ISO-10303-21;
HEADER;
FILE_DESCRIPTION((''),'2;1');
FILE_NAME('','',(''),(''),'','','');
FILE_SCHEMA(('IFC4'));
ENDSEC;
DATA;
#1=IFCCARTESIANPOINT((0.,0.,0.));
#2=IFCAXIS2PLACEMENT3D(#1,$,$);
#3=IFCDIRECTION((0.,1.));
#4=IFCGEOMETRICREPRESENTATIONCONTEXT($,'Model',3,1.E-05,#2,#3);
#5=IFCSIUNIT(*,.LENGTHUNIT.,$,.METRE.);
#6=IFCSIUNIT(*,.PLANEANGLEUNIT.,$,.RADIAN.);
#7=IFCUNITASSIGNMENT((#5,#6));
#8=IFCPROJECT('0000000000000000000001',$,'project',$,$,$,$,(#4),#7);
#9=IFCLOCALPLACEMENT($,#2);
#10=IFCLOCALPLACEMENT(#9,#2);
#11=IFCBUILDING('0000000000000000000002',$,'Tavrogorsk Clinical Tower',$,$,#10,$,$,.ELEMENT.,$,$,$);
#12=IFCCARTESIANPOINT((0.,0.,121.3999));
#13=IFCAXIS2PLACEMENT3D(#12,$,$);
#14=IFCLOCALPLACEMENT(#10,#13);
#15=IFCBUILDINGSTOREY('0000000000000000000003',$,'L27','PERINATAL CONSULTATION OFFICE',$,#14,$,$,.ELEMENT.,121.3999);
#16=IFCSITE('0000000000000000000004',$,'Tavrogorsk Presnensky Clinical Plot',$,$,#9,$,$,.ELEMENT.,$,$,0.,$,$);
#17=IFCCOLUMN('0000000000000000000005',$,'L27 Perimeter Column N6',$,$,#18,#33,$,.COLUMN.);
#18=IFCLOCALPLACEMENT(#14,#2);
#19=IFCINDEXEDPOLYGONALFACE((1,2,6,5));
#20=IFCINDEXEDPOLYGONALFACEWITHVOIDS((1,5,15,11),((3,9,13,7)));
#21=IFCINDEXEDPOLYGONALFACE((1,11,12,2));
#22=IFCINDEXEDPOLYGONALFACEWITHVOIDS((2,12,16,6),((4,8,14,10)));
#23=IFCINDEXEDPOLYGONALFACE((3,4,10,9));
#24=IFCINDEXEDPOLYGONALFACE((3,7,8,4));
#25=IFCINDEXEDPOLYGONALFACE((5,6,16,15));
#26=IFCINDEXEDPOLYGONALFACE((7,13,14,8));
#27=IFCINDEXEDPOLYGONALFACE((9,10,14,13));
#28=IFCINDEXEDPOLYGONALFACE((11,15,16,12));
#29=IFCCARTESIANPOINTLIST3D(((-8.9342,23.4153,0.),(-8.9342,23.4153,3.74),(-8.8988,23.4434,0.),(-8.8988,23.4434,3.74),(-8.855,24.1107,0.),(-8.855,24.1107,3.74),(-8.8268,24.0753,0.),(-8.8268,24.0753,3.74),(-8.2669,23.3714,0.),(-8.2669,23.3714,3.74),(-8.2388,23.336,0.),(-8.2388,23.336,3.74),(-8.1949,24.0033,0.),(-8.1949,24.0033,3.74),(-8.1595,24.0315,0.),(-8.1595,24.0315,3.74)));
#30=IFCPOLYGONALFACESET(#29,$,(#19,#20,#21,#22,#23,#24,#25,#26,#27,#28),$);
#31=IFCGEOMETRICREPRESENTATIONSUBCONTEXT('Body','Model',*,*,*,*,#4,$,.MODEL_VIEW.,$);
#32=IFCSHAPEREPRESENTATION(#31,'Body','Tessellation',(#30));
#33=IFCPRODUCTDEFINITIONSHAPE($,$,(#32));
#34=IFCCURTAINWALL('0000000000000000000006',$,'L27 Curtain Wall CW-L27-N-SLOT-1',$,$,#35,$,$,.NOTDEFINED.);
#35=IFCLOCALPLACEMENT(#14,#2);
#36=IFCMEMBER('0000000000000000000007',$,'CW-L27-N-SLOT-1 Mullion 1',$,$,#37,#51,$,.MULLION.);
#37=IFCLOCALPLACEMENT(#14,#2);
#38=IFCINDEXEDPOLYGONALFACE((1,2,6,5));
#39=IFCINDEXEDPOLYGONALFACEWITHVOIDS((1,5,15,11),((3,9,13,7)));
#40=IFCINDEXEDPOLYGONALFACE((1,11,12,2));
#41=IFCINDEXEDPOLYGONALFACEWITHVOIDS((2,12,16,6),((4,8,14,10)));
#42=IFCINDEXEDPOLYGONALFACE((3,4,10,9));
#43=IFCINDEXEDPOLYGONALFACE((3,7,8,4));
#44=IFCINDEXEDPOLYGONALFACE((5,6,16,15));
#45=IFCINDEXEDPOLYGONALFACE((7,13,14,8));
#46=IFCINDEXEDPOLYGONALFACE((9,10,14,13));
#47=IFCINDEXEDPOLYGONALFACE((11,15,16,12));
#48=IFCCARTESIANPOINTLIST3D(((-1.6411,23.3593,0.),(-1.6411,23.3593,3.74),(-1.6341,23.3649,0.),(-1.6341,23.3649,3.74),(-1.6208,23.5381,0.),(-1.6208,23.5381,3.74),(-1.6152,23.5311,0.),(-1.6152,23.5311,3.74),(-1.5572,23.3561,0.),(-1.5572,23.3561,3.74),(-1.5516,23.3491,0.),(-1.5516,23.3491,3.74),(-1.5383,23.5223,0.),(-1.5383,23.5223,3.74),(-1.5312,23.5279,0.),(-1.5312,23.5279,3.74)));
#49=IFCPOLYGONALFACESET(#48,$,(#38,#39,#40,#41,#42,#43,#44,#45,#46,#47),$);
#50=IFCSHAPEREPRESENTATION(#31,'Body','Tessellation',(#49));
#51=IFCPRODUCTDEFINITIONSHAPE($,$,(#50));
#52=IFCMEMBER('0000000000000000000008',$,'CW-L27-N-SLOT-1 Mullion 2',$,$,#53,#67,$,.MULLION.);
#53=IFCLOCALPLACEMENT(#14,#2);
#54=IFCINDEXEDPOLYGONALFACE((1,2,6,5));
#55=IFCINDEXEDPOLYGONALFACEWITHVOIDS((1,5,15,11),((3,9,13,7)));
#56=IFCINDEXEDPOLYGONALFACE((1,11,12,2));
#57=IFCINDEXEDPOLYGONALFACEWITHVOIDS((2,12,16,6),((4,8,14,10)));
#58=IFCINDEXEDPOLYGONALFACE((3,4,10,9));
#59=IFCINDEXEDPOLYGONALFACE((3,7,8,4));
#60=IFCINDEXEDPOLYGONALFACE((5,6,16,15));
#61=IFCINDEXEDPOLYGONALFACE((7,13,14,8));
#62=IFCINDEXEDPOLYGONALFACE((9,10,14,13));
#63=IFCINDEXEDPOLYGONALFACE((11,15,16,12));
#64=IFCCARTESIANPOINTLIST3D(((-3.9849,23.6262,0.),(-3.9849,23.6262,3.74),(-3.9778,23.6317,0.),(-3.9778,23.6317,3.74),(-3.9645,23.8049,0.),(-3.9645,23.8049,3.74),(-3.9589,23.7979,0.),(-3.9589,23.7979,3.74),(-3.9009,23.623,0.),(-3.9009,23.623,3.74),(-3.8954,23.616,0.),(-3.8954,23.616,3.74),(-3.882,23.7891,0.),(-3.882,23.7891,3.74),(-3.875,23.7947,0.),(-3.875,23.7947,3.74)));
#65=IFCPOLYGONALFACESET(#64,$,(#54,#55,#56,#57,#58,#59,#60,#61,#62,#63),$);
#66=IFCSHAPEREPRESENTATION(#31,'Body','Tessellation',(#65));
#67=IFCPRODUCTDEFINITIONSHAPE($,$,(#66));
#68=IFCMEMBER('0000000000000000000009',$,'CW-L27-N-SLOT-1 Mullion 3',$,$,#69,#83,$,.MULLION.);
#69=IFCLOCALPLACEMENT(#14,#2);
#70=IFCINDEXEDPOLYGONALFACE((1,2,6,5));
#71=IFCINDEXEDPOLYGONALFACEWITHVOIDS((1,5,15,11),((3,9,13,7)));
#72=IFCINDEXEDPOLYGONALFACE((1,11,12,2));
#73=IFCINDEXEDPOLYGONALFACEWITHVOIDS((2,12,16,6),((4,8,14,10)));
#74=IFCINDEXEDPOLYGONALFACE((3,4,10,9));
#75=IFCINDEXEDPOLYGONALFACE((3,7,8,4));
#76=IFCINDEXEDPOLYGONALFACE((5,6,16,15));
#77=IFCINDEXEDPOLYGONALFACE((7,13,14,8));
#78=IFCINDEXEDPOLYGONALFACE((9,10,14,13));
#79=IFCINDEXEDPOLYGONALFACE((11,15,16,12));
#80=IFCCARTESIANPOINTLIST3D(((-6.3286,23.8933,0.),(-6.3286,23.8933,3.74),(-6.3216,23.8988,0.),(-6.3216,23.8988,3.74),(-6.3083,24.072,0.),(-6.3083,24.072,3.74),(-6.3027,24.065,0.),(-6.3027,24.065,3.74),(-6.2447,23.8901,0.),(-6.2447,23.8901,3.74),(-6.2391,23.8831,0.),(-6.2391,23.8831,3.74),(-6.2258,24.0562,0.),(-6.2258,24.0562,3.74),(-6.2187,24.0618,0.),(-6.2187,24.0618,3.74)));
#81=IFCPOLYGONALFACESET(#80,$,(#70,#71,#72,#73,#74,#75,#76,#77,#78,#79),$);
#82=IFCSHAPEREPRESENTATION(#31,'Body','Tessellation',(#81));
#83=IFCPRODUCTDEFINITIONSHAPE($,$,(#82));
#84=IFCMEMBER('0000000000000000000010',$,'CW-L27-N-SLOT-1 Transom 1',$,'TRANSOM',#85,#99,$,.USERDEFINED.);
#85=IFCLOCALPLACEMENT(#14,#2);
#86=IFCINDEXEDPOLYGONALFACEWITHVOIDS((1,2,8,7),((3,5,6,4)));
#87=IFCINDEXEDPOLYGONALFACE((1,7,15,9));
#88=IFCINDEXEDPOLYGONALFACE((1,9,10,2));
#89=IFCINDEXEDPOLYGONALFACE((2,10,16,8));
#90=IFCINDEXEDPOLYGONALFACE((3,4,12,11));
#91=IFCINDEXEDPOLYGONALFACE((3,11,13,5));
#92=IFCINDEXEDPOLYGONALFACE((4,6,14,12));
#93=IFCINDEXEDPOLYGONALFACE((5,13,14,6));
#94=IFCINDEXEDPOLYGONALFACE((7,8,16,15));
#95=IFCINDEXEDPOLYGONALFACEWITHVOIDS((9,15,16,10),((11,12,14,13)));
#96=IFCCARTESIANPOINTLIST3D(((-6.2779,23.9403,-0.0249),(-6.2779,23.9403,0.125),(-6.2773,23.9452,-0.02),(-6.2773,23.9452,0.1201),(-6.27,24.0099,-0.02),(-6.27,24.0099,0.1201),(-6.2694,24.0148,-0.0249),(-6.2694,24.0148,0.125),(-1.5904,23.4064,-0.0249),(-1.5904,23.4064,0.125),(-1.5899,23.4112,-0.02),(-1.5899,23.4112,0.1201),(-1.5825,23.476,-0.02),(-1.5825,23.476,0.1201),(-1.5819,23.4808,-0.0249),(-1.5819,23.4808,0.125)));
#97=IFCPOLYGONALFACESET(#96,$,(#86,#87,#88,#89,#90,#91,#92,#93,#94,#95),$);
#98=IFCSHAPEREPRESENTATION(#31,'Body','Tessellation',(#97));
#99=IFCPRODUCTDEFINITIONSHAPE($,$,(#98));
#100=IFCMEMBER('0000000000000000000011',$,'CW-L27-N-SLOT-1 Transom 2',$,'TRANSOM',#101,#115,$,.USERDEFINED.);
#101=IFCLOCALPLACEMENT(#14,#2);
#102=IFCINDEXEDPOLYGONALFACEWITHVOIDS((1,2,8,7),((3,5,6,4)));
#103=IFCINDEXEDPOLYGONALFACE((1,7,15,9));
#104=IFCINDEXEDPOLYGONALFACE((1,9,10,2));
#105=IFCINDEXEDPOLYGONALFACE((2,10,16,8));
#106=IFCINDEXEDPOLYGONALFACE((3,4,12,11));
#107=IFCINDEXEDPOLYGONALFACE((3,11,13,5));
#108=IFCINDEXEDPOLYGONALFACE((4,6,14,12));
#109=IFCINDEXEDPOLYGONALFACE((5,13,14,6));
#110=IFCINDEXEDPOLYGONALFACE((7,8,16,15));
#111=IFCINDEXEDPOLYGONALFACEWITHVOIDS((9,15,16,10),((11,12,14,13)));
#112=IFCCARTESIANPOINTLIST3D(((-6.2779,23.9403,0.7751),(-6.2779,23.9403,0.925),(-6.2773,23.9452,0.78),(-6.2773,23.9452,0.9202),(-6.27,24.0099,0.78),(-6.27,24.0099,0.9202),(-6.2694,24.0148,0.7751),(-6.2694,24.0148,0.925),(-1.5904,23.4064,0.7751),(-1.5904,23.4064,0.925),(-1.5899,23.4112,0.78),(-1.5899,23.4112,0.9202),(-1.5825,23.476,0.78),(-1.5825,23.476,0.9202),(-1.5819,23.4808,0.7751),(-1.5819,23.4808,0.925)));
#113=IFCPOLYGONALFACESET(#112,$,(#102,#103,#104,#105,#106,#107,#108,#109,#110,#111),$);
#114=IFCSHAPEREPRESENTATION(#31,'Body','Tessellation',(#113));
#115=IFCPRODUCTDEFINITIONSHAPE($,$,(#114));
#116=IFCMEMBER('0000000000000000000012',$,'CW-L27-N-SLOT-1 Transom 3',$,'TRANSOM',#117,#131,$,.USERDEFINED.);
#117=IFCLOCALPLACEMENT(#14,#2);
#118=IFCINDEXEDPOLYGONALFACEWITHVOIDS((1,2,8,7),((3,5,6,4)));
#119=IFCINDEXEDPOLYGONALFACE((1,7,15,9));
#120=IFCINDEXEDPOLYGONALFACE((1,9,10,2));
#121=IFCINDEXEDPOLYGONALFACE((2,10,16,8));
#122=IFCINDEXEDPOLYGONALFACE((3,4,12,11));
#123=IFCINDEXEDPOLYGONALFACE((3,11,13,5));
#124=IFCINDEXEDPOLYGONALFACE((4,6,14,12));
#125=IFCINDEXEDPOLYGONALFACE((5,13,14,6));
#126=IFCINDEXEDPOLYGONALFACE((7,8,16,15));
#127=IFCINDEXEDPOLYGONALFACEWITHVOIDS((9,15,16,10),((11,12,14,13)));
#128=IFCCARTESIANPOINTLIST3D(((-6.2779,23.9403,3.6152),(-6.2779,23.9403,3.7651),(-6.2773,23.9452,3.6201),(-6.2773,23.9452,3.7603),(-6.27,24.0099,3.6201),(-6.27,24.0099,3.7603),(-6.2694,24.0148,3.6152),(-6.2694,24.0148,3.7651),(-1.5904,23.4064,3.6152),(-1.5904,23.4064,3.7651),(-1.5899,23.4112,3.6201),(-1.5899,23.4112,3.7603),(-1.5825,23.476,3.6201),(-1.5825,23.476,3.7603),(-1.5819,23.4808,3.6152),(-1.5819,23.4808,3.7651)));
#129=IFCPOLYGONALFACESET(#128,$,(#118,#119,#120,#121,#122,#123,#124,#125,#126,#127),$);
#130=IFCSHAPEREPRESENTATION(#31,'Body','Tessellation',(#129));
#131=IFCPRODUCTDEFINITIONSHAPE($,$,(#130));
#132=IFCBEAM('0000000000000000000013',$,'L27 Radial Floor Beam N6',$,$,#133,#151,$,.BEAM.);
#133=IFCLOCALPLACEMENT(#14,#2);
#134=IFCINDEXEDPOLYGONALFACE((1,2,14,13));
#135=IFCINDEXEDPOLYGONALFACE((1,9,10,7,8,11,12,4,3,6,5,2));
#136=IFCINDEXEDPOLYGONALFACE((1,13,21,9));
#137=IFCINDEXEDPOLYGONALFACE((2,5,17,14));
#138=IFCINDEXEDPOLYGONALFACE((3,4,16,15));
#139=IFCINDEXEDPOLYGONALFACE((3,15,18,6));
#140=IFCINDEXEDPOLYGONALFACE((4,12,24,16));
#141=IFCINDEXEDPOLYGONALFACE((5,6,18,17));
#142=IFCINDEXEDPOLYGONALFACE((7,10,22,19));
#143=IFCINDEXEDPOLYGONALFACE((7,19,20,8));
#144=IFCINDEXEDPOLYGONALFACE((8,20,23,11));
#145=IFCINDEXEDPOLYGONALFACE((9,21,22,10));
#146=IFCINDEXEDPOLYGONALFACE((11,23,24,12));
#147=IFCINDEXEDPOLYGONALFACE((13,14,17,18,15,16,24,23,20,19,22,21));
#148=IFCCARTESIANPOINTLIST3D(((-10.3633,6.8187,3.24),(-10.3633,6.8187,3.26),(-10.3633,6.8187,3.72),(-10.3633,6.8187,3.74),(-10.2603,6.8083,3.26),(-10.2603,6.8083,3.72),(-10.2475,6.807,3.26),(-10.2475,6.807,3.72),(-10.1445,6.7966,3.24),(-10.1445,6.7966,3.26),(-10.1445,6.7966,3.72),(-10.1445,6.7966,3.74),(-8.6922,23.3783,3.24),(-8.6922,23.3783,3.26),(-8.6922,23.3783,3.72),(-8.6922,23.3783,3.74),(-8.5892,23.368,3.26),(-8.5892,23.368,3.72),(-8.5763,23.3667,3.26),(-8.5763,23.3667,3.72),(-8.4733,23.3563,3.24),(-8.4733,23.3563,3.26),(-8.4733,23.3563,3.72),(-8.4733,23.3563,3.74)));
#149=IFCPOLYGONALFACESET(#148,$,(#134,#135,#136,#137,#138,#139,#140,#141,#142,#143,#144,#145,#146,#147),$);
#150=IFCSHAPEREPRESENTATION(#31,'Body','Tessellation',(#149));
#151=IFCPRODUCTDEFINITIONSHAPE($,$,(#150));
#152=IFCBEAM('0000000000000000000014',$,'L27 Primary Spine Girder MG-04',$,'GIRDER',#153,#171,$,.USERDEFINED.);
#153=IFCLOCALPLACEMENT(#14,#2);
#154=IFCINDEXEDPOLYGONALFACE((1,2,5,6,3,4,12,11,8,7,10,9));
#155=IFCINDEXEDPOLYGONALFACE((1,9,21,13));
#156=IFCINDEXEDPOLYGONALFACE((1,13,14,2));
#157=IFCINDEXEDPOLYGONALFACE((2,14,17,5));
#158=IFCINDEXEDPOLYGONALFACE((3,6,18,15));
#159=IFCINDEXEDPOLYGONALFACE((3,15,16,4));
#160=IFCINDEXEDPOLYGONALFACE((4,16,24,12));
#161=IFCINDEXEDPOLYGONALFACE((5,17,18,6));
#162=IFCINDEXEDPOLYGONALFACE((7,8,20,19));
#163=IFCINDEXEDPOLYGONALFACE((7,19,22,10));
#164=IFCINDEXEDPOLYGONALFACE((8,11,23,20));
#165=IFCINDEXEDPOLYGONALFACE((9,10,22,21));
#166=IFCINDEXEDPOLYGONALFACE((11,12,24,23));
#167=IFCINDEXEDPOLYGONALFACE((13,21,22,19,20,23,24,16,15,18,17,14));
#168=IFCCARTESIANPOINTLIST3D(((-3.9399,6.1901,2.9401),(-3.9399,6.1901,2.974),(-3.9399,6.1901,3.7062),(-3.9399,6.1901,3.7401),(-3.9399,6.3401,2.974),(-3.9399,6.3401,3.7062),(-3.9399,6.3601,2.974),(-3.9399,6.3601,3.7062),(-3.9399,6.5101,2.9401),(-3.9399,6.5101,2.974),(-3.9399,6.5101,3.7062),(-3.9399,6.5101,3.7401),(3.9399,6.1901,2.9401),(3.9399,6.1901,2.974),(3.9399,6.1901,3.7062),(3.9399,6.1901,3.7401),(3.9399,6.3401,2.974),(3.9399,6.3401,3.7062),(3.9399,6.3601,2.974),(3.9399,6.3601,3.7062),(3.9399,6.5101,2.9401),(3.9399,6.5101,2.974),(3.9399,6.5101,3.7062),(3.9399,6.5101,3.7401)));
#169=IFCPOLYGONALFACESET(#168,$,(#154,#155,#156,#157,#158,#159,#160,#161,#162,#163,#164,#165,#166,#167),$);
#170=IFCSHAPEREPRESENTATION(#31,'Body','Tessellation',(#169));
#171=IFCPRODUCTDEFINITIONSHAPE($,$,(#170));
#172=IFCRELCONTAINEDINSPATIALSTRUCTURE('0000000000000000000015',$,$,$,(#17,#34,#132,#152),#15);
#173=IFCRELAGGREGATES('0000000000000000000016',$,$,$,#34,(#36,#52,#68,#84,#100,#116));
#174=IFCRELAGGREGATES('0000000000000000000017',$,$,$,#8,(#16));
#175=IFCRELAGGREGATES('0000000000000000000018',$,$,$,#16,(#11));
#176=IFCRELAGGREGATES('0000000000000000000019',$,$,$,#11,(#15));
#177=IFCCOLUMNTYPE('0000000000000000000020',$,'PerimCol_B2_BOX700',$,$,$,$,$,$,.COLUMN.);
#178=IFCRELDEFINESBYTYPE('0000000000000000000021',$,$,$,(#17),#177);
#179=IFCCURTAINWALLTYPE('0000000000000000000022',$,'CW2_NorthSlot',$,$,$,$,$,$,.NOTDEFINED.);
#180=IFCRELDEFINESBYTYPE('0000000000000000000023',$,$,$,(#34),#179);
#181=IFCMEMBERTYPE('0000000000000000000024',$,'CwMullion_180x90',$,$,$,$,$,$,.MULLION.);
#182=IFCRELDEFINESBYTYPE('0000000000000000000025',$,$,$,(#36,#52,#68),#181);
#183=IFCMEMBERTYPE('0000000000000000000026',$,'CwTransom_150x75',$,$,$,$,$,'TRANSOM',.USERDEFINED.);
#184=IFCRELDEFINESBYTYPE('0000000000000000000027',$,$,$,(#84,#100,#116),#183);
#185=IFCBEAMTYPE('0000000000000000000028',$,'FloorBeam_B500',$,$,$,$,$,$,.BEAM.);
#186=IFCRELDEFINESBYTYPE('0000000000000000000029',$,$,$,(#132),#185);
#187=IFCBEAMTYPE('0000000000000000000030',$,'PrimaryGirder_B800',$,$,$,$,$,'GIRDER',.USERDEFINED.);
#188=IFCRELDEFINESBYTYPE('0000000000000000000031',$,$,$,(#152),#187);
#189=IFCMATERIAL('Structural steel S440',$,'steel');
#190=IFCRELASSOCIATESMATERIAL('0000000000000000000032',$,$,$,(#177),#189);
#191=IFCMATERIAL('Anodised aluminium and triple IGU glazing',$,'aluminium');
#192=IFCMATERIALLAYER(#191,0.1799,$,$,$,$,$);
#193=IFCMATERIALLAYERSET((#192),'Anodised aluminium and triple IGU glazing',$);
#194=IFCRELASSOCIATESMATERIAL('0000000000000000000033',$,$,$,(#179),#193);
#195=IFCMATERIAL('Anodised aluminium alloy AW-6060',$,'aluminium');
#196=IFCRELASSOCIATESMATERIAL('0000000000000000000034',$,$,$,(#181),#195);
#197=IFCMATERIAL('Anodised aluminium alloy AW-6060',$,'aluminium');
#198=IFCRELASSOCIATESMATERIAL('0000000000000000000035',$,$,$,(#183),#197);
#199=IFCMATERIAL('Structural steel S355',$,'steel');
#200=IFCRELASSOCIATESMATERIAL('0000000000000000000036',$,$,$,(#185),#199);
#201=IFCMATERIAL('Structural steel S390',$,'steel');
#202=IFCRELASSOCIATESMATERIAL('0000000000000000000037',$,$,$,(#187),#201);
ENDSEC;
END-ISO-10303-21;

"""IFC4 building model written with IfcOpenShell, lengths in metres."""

from ifc_helpers import new_model, si_unit, direction, frame, origin, origin_2d, place, context, subcontext, project, spatial, hollow_rectangle, i_section, extrude, material, layer, layer_set, material_profile, profile_set, type_object, element, aggregate, save


model = new_model("IFC4")

# Units and contexts
model_context = context("Model", 3, precision=1e-05, world=origin(), true_north=direction((0.0, 1.0)))
body_context = subcontext(model_context, "Body", "Model", "MODEL_VIEW")
ifc_project = project(units=[si_unit("LENGTHUNIT", "METRE"), si_unit("PLANEANGLEUNIT", "RADIAN")], contexts=[model_context])

# Site, building, storey
site_placement = place(None, origin())
site = spatial("IfcSite", under=ifc_project, at=site_placement, Name="Tavrogorsk Presnensky Clinical Plot", CompositionType="ELEMENT", RefElevation=0.0)
building_placement = place(site_placement, origin())
building = spatial("IfcBuilding", under=site, at=building_placement, Name="Tavrogorsk Clinical Tower", CompositionType="ELEMENT")
storey_placement = place(building_placement, frame((0.0, 0.0, 121.3999)))
storey = spatial("IfcBuildingStorey", under=building, at=storey_placement, Name="L27", Description="PERINATAL CONSULTATION OFFICE", CompositionType="ELEMENT", Elevation=121.3999)

# Column
ifc_material_1 = material(Name="Structural steel S440", Category="steel")
ifc_material_profile_1 = material_profile(ifc_material_1, hollow_rectangle(XDim=0.7, YDim=0.7, WallThickness=0.032, at=origin_2d()), Name="BOX-700x700x32")
ifc_profile_set_1 = profile_set([ifc_material_profile_1], Name="Structural steel S440")
column_type = type_object("IfcColumnType", Name="PerimCol_B2_BOX700", PredefinedType="COLUMN", material=ifc_profile_set_1)
column_placement = place(storey_placement, frame((-8.5469, 23.7234, 0.0), z_axis=(0.0, 0.0, 1.0), x_axis=(0.993572, -0.113203, 0.0)))
element("IfcColumn", 1, at=column_placement, inside=storey, type_object=column_type, Name="L27 Perimeter Column N6", PredefinedType="COLUMN", context=body_context, shape_type="SweptSolid", body=[
    extrude(hollow_rectangle(XDim=0.7, YDim=0.7, WallThickness=0.032, at=origin_2d()), origin(), (0.0, 0.0, 1.0), 3.74),
])

# Curtain wall, members
ifc_material_2 = material(Name="Anodised aluminium and triple IGU glazing", Category="aluminium")
ifc_layer_1 = layer(ifc_material_2, 0.1799)
ifc_layer_set_1 = layer_set([ifc_layer_1], Name="Anodised aluminium and triple IGU glazing")
curtain_wall_type = type_object("IfcCurtainWallType", Name="CW2_NorthSlot", PredefinedType="NOTDEFINED", material=ifc_layer_set_1)
curtain_wall_placement = place(storey_placement, origin())
curtain_wall = element("IfcCurtainWall", 2, at=curtain_wall_placement, inside=storey, type_object=curtain_wall_type, Name="L27 Curtain Wall CW-L27-N-SLOT-1", PredefinedType="NOTDEFINED")
ifc_material_3 = material(Name="Anodised aluminium alloy AW-6060", Category="aluminium")
ifc_material_profile_2 = material_profile(ifc_material_3, hollow_rectangle(XDim=0.0901, YDim=0.1799, WallThickness=0.0063, at=origin_2d()), Name="RHS-180x90x6.3")
ifc_profile_set_2 = profile_set([ifc_material_profile_2], Name="Anodised aluminium alloy AW-6060")
member_type_1 = type_object("IfcMemberType", Name="CwMullion_180x90", PredefinedType="MULLION", material=ifc_profile_set_2)
member_1_placement = place(storey_placement, frame((-1.5862, 23.4436, 0.0), z_axis=(0.0, 0.0, 1.0), x_axis=(-0.993572, 0.113203, 0.0)))
member_1 = element("IfcMember", 3, at=member_1_placement, type_object=member_type_1, Name="CW-L27-N-SLOT-1 Mullion 1", PredefinedType="MULLION", context=body_context, shape_type="SweptSolid", body=[
    extrude(hollow_rectangle(XDim=0.0901, YDim=0.1799, WallThickness=0.0063, at=origin_2d()), origin(), (0.0, 0.0, 1.0), 3.74),
])
member_2_placement = place(storey_placement, frame((-3.9299, 23.7104, 0.0), z_axis=(0.0, 0.0, 1.0), x_axis=(-0.993572, 0.113203, 0.0)))
member_2 = element("IfcMember", 4, at=member_2_placement, type_object=member_type_1, Name="CW-L27-N-SLOT-1 Mullion 2", PredefinedType="MULLION", context=body_context, shape_type="SweptSolid", body=[
    extrude(hollow_rectangle(XDim=0.0901, YDim=0.1799, WallThickness=0.0063, at=origin_2d()), origin(), (0.0, 0.0, 1.0), 3.74),
])
member_3_placement = place(storey_placement, frame((-6.2737, 23.9775, 0.0), z_axis=(0.0, 0.0, 1.0), x_axis=(-0.993572, 0.113203, 0.0)))
member_3 = element("IfcMember", 5, at=member_3_placement, type_object=member_type_1, Name="CW-L27-N-SLOT-1 Mullion 3", PredefinedType="MULLION", context=body_context, shape_type="SweptSolid", body=[
    extrude(hollow_rectangle(XDim=0.0901, YDim=0.1799, WallThickness=0.0063, at=origin_2d()), origin(), (0.0, 0.0, 1.0), 3.74),
])
ifc_material_4 = material(Name="Anodised aluminium alloy AW-6060", Category="aluminium")
ifc_material_profile_3 = material_profile(ifc_material_4, hollow_rectangle(XDim=0.075, YDim=0.1499, WallThickness=0.0049, at=origin_2d()), Name="RHS-150x75x5")
ifc_profile_set_3 = profile_set([ifc_material_profile_3], Name="Anodised aluminium alloy AW-6060")
member_type_2 = type_object("IfcMemberType", Name="CwTransom_150x75", ElementType="TRANSOM", PredefinedType="USERDEFINED", material=ifc_profile_set_3)
member_4_placement = place(storey_placement, frame((-1.5862, 23.4436, 0.05), z_axis=(-0.993575, 0.113174, 0.0), x_axis=(-0.113174, -0.993575, 0.0)))
member_4 = element("IfcMember", 6, at=member_4_placement, type_object=member_type_2, Name="CW-L27-N-SLOT-1 Transom 1", ObjectType="TRANSOM", PredefinedType="USERDEFINED", context=body_context, shape_type="SweptSolid", body=[
    extrude(hollow_rectangle(XDim=0.075, YDim=0.1499, WallThickness=0.0049, at=origin_2d()), origin(), (0.0, 0.0, 1.0), 4.7178),
])
member_5_placement = place(storey_placement, frame((-1.5862, 23.4436, 0.8501), z_axis=(-0.993575, 0.113174, 0.0), x_axis=(-0.113174, -0.993575, 0.0)))
member_5 = element("IfcMember", 7, at=member_5_placement, type_object=member_type_2, Name="CW-L27-N-SLOT-1 Transom 2", ObjectType="TRANSOM", PredefinedType="USERDEFINED", context=body_context, shape_type="SweptSolid", body=[
    extrude(hollow_rectangle(XDim=0.075, YDim=0.1499, WallThickness=0.0049, at=origin_2d()), origin(), (0.0, 0.0, 1.0), 4.7178),
])
member_6_placement = place(storey_placement, frame((-1.5862, 23.4436, 3.6902), z_axis=(-0.993575, 0.113174, 0.0), x_axis=(-0.113174, -0.993575, 0.0)))
member_6 = element("IfcMember", 8, at=member_6_placement, type_object=member_type_2, Name="CW-L27-N-SLOT-1 Transom 3", ObjectType="TRANSOM", PredefinedType="USERDEFINED", context=body_context, shape_type="SweptSolid", body=[
    extrude(hollow_rectangle(XDim=0.075, YDim=0.1499, WallThickness=0.0049, at=origin_2d()), origin(), (0.0, 0.0, 1.0), 4.7178),
])

# Beams
ifc_material_5 = material(Name="Structural steel S355", Category="steel")
ifc_material_profile_4 = material_profile(ifc_material_5, i_section(OverallWidth=0.22, OverallDepth=0.5, WebThickness=0.0129, FlangeThickness=0.02, at=origin_2d()), Name="B-500x220x13x20")
ifc_profile_set_4 = profile_set([ifc_material_profile_4], Name="Structural steel S355")
beam_type_1 = type_object("IfcBeamType", Name="FloorBeam_B500", PredefinedType="BEAM", material=ifc_profile_set_4)
beam_1_placement = place(storey_placement, frame((-10.2539, 6.8076, 3.49), z_axis=(0.100407, 0.994946, 0.0), x_axis=(-0.994946, 0.100407, 0.0)))
element("IfcBeam", 9, at=beam_1_placement, inside=storey, type_object=beam_type_1, Name="L27 Radial Floor Beam N6", PredefinedType="BEAM", context=body_context, shape_type="SweptSolid", body=[
    extrude(i_section(OverallWidth=0.22, OverallDepth=0.5, WebThickness=0.0129, FlangeThickness=0.02, at=origin_2d()), origin(), (0.0, 0.0, 1.0), 16.6438),
])
ifc_material_6 = material(Name="Structural steel S390", Category="steel")
ifc_material_profile_5 = material_profile(ifc_material_6, i_section(OverallWidth=0.3201, OverallDepth=0.8, WebThickness=0.02, FlangeThickness=0.0339, at=origin_2d()), Name="B-800x320x20x34")
ifc_profile_set_5 = profile_set([ifc_material_profile_5], Name="Structural steel S390")
beam_type_2 = type_object("IfcBeamType", Name="PrimaryGirder_B800", ElementType="GIRDER", PredefinedType="USERDEFINED", material=ifc_profile_set_5)
beam_2_placement = place(storey_placement, frame((-3.9399, 6.3501, 3.3401), z_axis=(1.0, 0.0, 0.0), x_axis=(0.0, 1.0, 0.0)))
element("IfcBeam", 10, at=beam_2_placement, inside=storey, type_object=beam_type_2, Name="L27 Primary Spine Girder MG-04", ObjectType="GIRDER", PredefinedType="USERDEFINED", context=body_context, shape_type="SweptSolid", body=[
    extrude(i_section(OverallWidth=0.3201, OverallDepth=0.8, WebThickness=0.02, FlangeThickness=0.0339, at=origin_2d()), origin(), (0.0, 0.0, 1.0), 7.8799),
])

aggregate(curtain_wall, [member_1, member_2, member_3, member_4, member_5, member_6])

save(model, "model.ifc")
